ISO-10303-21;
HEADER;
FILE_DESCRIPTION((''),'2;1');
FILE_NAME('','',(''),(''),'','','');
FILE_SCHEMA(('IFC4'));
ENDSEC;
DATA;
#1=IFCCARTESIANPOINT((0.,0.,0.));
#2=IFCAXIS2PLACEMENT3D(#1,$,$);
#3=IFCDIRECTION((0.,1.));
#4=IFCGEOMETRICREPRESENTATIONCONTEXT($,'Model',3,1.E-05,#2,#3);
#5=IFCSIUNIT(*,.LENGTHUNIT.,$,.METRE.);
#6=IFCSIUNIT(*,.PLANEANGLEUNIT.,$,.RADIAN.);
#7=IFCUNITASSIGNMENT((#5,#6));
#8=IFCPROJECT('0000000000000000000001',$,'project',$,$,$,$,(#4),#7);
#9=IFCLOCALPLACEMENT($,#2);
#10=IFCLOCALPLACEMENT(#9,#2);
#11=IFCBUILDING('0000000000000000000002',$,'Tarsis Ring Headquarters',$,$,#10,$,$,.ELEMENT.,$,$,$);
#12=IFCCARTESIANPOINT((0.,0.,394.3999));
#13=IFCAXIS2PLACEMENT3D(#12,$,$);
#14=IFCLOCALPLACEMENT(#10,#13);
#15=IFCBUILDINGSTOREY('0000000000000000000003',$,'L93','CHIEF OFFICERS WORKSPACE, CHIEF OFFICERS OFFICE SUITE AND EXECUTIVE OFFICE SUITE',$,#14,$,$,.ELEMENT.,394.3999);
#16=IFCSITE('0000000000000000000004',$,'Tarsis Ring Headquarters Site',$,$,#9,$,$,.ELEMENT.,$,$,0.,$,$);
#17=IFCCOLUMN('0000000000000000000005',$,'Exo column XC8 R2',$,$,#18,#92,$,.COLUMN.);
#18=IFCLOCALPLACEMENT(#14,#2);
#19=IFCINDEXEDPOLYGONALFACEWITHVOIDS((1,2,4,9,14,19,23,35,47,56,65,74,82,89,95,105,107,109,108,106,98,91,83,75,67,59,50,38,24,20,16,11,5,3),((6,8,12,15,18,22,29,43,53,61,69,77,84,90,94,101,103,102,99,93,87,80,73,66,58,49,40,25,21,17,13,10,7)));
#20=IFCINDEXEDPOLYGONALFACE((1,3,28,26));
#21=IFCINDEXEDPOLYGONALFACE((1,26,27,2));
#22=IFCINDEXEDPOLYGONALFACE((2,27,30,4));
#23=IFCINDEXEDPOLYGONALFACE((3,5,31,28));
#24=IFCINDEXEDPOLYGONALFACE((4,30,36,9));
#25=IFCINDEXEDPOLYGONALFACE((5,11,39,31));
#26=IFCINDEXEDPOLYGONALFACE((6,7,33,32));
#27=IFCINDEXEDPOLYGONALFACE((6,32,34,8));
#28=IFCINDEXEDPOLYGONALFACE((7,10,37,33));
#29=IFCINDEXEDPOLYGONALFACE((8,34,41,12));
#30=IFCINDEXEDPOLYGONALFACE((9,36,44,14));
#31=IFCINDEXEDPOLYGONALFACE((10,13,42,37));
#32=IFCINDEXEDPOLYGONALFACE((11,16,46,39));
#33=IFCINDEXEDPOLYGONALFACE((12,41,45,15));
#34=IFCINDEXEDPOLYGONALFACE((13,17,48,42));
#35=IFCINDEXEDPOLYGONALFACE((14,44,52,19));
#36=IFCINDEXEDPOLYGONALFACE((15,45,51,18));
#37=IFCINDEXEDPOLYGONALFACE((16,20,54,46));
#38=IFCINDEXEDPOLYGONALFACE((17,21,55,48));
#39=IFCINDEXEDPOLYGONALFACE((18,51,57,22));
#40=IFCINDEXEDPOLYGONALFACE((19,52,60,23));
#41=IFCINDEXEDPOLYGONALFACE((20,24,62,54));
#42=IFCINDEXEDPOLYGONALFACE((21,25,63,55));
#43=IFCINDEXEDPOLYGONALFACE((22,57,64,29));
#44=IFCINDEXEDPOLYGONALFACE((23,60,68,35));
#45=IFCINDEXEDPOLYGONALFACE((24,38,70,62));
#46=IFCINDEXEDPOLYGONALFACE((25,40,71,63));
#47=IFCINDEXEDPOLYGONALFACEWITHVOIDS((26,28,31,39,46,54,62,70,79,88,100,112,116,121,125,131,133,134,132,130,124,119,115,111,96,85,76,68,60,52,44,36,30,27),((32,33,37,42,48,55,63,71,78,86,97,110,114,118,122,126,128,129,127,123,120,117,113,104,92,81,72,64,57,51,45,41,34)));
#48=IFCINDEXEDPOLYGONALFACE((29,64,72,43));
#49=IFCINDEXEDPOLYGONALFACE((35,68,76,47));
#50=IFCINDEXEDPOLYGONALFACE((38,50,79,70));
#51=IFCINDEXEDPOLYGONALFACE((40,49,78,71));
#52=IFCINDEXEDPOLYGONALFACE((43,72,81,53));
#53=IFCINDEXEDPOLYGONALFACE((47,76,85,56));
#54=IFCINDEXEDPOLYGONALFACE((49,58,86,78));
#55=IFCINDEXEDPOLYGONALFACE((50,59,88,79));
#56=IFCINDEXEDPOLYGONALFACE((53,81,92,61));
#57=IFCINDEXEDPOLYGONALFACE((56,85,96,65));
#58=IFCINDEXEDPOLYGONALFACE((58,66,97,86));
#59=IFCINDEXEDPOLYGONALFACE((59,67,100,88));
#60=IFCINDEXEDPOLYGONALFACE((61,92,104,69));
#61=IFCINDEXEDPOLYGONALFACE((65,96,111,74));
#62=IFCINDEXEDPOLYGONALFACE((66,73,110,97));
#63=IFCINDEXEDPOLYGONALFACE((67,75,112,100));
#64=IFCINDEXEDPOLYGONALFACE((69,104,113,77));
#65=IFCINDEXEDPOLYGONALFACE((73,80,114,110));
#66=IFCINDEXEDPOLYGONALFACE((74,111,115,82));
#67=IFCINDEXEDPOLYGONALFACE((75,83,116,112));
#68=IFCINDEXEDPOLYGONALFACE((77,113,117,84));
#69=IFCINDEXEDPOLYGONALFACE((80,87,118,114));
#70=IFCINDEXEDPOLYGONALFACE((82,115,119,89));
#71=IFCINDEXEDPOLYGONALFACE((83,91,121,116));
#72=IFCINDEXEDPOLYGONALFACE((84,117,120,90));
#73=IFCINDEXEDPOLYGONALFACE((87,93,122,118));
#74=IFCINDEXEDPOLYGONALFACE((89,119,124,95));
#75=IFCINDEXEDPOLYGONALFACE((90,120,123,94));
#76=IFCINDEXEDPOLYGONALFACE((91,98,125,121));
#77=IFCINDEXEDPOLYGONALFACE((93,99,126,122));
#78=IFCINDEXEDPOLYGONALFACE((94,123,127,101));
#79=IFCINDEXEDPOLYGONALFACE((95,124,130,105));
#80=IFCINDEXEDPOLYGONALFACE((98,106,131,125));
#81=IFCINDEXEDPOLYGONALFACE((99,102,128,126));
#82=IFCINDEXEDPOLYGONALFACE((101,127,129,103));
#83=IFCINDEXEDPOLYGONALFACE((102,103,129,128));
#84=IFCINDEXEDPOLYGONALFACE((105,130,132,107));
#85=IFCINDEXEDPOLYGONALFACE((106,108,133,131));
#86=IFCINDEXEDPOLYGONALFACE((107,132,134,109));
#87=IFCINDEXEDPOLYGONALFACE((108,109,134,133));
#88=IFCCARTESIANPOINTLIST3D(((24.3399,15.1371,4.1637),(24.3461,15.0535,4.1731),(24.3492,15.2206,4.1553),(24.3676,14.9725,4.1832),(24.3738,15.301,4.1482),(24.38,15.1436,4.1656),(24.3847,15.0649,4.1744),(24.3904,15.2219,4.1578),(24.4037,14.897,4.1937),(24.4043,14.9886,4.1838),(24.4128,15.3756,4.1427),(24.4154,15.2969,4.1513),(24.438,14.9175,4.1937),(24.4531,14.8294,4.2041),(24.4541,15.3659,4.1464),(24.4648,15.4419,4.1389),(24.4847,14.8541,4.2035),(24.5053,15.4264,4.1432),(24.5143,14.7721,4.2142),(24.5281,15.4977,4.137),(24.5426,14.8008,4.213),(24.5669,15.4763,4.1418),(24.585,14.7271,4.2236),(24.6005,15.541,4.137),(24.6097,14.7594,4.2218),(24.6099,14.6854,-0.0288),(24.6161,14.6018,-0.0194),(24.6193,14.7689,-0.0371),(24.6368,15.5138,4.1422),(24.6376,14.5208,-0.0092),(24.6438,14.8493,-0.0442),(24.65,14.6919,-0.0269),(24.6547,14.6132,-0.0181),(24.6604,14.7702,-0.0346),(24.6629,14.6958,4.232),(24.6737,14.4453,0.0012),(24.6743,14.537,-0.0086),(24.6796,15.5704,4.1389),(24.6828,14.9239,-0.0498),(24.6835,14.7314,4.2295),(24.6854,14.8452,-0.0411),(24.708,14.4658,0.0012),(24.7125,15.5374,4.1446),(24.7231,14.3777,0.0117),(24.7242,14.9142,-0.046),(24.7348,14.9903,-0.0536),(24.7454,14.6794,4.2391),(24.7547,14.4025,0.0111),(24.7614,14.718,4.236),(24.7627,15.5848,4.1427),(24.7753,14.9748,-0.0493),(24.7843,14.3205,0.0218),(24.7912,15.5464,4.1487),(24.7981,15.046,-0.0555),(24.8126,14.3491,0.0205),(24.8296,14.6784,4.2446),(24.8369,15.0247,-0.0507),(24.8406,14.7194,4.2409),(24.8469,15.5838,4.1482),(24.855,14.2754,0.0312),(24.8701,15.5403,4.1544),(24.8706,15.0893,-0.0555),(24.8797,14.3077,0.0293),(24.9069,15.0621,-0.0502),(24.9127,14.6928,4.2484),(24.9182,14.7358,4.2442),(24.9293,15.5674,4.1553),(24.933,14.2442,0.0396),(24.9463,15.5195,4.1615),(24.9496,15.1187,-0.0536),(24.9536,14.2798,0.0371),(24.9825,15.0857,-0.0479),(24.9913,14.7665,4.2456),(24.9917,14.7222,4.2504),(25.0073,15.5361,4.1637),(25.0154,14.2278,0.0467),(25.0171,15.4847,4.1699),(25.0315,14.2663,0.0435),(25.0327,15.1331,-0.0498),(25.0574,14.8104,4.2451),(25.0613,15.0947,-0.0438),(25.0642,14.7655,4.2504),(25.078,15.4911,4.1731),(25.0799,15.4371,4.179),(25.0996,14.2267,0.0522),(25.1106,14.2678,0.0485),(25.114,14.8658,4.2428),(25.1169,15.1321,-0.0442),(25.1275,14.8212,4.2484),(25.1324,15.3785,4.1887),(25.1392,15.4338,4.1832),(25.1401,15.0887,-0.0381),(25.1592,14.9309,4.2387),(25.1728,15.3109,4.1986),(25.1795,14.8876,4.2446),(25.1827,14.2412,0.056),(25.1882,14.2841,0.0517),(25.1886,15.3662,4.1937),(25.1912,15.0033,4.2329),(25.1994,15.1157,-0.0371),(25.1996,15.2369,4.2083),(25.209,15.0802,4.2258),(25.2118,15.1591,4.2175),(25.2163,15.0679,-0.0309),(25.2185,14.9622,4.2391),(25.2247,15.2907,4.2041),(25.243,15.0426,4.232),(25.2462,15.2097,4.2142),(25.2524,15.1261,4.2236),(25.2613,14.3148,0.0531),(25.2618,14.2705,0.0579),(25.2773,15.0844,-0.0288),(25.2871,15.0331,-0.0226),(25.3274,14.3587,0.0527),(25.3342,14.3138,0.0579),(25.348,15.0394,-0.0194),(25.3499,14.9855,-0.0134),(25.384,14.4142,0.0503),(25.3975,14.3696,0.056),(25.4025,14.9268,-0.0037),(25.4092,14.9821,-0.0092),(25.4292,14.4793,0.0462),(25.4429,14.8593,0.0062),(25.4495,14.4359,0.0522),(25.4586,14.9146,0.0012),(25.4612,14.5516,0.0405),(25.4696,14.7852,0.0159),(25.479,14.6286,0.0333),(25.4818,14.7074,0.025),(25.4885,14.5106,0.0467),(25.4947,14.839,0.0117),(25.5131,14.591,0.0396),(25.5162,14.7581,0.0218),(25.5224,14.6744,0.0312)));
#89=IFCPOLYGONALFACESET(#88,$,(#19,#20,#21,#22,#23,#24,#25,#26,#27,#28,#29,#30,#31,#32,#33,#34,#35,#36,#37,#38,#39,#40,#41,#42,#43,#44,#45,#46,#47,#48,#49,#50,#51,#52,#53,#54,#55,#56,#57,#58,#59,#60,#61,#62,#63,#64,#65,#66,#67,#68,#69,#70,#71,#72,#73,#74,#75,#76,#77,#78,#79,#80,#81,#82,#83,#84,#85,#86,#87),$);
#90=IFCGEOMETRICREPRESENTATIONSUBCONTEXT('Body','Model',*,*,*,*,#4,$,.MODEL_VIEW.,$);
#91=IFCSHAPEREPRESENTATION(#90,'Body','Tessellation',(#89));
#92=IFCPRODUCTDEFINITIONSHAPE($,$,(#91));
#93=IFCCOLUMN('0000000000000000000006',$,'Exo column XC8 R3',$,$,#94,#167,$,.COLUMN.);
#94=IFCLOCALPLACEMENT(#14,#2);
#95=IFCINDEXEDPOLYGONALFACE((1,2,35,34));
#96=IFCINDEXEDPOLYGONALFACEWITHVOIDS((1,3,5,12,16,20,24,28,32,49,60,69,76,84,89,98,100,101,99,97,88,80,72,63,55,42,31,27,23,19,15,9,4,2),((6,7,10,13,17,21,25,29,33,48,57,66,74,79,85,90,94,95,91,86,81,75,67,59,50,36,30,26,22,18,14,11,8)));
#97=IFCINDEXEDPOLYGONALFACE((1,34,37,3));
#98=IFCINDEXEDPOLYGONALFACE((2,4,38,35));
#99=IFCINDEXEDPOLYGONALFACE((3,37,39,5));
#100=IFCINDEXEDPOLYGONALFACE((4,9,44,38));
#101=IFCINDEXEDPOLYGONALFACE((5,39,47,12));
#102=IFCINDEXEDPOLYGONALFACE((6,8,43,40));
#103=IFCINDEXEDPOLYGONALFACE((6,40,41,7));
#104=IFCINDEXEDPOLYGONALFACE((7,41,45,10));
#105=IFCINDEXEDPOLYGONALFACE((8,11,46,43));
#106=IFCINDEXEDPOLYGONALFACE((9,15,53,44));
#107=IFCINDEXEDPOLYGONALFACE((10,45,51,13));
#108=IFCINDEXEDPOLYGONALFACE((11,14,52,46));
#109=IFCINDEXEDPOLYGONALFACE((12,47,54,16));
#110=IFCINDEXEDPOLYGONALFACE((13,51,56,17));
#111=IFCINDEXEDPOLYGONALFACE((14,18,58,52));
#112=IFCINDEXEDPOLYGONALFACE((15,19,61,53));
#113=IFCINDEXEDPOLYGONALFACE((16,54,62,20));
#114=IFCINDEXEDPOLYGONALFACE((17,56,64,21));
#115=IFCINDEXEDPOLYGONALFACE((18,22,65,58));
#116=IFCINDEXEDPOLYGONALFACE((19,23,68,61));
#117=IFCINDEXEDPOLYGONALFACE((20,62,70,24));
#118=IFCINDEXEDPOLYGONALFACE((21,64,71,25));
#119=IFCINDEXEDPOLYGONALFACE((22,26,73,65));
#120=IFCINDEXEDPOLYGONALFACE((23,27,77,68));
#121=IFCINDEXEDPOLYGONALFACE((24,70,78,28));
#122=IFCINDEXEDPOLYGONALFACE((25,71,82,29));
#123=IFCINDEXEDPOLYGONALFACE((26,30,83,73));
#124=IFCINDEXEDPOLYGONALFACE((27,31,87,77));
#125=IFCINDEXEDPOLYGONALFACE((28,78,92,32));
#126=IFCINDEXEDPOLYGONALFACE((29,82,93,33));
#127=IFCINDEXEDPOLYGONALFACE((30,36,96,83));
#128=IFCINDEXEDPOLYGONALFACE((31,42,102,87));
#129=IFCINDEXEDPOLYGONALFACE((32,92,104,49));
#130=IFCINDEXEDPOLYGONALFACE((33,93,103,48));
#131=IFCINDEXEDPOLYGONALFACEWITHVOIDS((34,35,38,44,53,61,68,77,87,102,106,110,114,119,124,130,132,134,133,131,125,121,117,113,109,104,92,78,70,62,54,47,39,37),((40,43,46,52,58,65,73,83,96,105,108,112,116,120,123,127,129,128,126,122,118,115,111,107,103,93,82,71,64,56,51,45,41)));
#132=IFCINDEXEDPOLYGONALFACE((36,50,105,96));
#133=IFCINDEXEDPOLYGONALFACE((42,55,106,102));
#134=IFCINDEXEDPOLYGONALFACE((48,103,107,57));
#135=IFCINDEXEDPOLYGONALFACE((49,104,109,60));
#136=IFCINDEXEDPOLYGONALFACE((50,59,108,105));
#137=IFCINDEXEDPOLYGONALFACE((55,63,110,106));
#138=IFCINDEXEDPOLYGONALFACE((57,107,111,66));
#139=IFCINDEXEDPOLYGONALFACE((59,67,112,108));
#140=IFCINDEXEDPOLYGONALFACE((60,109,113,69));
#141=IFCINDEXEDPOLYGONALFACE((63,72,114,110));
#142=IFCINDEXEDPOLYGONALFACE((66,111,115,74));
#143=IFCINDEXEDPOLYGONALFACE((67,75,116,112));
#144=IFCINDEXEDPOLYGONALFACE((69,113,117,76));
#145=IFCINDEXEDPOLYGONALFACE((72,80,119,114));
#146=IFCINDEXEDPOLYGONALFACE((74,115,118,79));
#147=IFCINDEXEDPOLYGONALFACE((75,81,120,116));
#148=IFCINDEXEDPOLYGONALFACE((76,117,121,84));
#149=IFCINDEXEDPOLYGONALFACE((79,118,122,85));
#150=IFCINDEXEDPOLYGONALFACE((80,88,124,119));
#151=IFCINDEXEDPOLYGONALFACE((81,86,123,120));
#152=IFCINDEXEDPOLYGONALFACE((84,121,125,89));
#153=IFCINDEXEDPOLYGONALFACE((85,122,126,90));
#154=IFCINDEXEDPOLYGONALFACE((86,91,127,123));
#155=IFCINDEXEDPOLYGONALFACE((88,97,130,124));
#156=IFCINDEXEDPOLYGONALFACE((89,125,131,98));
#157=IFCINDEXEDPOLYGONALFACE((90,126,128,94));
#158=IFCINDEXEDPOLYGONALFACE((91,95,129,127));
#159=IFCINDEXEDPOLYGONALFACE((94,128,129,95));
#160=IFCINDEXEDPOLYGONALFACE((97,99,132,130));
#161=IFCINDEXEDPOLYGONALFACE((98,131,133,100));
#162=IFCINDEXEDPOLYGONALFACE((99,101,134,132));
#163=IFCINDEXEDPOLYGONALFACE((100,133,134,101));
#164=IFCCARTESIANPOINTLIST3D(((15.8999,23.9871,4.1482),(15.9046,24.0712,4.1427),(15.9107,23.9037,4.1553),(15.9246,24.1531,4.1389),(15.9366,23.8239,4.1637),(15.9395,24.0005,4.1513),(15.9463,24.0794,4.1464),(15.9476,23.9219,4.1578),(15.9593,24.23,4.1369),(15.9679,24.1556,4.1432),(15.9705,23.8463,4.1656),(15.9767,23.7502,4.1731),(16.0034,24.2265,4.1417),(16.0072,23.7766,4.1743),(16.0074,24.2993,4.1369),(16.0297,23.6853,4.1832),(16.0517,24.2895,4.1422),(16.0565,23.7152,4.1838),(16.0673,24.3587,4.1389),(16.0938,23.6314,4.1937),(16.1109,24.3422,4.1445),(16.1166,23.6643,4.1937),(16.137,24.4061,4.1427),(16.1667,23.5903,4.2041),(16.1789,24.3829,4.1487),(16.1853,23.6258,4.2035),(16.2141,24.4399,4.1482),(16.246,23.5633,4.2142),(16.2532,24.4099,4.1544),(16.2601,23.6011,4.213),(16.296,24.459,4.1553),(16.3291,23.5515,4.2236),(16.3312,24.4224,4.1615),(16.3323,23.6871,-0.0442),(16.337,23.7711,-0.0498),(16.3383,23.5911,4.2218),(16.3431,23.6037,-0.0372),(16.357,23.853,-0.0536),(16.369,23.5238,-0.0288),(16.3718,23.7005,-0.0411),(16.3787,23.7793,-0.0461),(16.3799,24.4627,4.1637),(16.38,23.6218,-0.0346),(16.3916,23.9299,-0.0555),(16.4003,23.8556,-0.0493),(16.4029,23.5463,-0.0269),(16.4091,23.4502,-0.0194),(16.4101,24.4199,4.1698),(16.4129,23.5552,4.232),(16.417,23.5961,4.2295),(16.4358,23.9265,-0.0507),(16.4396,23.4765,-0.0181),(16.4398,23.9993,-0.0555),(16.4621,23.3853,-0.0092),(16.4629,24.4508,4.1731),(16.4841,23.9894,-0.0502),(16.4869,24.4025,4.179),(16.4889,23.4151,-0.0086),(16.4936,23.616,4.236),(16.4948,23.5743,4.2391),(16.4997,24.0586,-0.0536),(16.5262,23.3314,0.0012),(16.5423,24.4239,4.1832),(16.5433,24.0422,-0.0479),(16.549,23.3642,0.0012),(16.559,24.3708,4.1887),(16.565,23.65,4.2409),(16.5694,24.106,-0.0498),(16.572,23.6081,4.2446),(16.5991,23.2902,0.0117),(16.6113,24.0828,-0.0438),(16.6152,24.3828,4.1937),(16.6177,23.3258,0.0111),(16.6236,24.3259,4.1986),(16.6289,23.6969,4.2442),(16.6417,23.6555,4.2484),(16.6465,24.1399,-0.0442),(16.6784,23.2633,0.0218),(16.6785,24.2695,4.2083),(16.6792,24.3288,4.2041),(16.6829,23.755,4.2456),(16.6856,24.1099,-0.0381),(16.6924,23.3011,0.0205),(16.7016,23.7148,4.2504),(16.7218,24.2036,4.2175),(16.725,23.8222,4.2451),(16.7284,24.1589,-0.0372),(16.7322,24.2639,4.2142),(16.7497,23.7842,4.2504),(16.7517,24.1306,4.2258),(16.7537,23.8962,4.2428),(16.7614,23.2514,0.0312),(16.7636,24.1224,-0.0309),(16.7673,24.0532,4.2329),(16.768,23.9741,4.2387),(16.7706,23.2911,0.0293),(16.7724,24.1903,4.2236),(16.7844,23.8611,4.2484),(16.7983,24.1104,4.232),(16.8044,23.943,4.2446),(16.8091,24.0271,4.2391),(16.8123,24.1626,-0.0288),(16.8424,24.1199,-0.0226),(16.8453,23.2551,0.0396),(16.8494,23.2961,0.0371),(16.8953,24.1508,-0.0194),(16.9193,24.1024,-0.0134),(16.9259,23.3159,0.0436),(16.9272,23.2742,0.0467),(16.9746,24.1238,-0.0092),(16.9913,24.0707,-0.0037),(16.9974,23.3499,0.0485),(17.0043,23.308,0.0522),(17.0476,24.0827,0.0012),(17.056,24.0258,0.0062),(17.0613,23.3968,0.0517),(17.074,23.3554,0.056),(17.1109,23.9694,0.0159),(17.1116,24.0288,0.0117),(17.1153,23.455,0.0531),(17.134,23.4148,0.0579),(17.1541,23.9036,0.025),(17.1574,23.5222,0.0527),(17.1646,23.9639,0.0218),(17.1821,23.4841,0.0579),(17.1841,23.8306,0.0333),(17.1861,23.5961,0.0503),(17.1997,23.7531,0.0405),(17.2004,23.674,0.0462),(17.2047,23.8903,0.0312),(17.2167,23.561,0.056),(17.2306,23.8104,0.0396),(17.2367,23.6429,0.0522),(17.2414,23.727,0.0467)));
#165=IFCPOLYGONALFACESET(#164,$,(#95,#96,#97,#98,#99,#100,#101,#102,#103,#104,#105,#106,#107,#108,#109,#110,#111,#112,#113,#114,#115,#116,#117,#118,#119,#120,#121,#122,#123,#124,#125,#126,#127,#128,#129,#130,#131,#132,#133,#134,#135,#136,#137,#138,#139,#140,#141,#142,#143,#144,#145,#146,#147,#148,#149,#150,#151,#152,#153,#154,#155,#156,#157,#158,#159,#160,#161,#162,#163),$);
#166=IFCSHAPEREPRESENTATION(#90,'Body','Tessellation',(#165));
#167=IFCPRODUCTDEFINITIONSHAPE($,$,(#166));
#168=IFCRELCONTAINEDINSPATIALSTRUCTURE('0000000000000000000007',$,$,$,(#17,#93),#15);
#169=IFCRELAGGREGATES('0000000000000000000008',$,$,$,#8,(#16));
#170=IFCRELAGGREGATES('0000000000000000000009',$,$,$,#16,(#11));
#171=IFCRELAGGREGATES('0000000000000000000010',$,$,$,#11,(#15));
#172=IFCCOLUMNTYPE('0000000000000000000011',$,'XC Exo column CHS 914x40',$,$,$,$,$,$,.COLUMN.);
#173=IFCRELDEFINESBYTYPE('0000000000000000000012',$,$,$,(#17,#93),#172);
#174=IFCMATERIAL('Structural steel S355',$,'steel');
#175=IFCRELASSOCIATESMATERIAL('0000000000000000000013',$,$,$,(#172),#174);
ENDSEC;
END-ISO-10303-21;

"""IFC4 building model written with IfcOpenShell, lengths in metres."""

from ifc_helpers import new_model, si_unit, direction, frame, origin, origin_2d, place, context, subcontext, project, spatial, hollow_circle, extrude, material, material_profile, profile_set, type_object, element, save


model = new_model("IFC4")

# Units and contexts
model_context = context("Model", 3, precision=1e-05, world=origin(), true_north=direction((0.0, 1.0)))
body_context = subcontext(model_context, "Body", "Model", "MODEL_VIEW")
ifc_project = project(units=[si_unit("LENGTHUNIT", "METRE"), si_unit("PLANEANGLEUNIT", "RADIAN")], contexts=[model_context])

# Site, building, storey
site_placement = place(None, origin())
site = spatial("IfcSite", under=ifc_project, at=site_placement, Name="Tarsis Ring Headquarters Site", CompositionType="ELEMENT", RefElevation=0.0)
building_placement = place(site_placement, origin())
building = spatial("IfcBuilding", under=site, at=building_placement, Name="Tarsis Ring Headquarters", CompositionType="ELEMENT")
storey_placement = place(building_placement, frame((0.0, 0.0, 394.3999)))
storey = spatial("IfcBuildingStorey", under=building, at=storey_placement, Name="L93", Description="CHIEF OFFICERS WORKSPACE, CHIEF OFFICERS OFFICE SUITE AND EXECUTIVE OFFICE SUITE", CompositionType="ELEMENT", Elevation=394.3999)

# Columns
ifc_material_1 = material(Name="Structural steel S355", Category="steel")
ifc_material_profile_1 = material_profile(ifc_material_1, hollow_circle(Radius=0.457, WallThickness=0.04, at=origin_2d()), Name="CHS 914x40")
ifc_profile_set_1 = profile_set([ifc_material_profile_1], Name="Structural steel S355")
column_type = type_object("IfcColumnType", Name="XC Exo column CHS 914x40", PredefinedType="COLUMN", material=ifc_profile_set_1)
for number, where, z_axis, x_axis, name in (
    (1, (25.0662, 14.6799, 0.0012), (-0.063906, 0.106895, 0.992214), (-0.858311, -0.513131, 0.0), "Exo column XC8 R2"),
    (2, (16.7869, 23.707, 0.0012), (-0.10233, 0.071013, 0.992213), (-0.570126, -0.821557, 0.0), "Exo column XC8 R3"),
):
    element("IfcColumn", number, at=place(storey_placement, frame(where, z_axis=z_axis, x_axis=x_axis)), inside=storey, type_object=column_type, Name=name, PredefinedType="COLUMN", context=body_context, shape_type="SweptSolid", body=[
        extrude(hollow_circle(Radius=0.4573, WallThickness=0.04, at=origin_2d()), origin(), (0.0, 0.0, 1.0), 4.2253),
    ])

save(model, "model.ifc")
